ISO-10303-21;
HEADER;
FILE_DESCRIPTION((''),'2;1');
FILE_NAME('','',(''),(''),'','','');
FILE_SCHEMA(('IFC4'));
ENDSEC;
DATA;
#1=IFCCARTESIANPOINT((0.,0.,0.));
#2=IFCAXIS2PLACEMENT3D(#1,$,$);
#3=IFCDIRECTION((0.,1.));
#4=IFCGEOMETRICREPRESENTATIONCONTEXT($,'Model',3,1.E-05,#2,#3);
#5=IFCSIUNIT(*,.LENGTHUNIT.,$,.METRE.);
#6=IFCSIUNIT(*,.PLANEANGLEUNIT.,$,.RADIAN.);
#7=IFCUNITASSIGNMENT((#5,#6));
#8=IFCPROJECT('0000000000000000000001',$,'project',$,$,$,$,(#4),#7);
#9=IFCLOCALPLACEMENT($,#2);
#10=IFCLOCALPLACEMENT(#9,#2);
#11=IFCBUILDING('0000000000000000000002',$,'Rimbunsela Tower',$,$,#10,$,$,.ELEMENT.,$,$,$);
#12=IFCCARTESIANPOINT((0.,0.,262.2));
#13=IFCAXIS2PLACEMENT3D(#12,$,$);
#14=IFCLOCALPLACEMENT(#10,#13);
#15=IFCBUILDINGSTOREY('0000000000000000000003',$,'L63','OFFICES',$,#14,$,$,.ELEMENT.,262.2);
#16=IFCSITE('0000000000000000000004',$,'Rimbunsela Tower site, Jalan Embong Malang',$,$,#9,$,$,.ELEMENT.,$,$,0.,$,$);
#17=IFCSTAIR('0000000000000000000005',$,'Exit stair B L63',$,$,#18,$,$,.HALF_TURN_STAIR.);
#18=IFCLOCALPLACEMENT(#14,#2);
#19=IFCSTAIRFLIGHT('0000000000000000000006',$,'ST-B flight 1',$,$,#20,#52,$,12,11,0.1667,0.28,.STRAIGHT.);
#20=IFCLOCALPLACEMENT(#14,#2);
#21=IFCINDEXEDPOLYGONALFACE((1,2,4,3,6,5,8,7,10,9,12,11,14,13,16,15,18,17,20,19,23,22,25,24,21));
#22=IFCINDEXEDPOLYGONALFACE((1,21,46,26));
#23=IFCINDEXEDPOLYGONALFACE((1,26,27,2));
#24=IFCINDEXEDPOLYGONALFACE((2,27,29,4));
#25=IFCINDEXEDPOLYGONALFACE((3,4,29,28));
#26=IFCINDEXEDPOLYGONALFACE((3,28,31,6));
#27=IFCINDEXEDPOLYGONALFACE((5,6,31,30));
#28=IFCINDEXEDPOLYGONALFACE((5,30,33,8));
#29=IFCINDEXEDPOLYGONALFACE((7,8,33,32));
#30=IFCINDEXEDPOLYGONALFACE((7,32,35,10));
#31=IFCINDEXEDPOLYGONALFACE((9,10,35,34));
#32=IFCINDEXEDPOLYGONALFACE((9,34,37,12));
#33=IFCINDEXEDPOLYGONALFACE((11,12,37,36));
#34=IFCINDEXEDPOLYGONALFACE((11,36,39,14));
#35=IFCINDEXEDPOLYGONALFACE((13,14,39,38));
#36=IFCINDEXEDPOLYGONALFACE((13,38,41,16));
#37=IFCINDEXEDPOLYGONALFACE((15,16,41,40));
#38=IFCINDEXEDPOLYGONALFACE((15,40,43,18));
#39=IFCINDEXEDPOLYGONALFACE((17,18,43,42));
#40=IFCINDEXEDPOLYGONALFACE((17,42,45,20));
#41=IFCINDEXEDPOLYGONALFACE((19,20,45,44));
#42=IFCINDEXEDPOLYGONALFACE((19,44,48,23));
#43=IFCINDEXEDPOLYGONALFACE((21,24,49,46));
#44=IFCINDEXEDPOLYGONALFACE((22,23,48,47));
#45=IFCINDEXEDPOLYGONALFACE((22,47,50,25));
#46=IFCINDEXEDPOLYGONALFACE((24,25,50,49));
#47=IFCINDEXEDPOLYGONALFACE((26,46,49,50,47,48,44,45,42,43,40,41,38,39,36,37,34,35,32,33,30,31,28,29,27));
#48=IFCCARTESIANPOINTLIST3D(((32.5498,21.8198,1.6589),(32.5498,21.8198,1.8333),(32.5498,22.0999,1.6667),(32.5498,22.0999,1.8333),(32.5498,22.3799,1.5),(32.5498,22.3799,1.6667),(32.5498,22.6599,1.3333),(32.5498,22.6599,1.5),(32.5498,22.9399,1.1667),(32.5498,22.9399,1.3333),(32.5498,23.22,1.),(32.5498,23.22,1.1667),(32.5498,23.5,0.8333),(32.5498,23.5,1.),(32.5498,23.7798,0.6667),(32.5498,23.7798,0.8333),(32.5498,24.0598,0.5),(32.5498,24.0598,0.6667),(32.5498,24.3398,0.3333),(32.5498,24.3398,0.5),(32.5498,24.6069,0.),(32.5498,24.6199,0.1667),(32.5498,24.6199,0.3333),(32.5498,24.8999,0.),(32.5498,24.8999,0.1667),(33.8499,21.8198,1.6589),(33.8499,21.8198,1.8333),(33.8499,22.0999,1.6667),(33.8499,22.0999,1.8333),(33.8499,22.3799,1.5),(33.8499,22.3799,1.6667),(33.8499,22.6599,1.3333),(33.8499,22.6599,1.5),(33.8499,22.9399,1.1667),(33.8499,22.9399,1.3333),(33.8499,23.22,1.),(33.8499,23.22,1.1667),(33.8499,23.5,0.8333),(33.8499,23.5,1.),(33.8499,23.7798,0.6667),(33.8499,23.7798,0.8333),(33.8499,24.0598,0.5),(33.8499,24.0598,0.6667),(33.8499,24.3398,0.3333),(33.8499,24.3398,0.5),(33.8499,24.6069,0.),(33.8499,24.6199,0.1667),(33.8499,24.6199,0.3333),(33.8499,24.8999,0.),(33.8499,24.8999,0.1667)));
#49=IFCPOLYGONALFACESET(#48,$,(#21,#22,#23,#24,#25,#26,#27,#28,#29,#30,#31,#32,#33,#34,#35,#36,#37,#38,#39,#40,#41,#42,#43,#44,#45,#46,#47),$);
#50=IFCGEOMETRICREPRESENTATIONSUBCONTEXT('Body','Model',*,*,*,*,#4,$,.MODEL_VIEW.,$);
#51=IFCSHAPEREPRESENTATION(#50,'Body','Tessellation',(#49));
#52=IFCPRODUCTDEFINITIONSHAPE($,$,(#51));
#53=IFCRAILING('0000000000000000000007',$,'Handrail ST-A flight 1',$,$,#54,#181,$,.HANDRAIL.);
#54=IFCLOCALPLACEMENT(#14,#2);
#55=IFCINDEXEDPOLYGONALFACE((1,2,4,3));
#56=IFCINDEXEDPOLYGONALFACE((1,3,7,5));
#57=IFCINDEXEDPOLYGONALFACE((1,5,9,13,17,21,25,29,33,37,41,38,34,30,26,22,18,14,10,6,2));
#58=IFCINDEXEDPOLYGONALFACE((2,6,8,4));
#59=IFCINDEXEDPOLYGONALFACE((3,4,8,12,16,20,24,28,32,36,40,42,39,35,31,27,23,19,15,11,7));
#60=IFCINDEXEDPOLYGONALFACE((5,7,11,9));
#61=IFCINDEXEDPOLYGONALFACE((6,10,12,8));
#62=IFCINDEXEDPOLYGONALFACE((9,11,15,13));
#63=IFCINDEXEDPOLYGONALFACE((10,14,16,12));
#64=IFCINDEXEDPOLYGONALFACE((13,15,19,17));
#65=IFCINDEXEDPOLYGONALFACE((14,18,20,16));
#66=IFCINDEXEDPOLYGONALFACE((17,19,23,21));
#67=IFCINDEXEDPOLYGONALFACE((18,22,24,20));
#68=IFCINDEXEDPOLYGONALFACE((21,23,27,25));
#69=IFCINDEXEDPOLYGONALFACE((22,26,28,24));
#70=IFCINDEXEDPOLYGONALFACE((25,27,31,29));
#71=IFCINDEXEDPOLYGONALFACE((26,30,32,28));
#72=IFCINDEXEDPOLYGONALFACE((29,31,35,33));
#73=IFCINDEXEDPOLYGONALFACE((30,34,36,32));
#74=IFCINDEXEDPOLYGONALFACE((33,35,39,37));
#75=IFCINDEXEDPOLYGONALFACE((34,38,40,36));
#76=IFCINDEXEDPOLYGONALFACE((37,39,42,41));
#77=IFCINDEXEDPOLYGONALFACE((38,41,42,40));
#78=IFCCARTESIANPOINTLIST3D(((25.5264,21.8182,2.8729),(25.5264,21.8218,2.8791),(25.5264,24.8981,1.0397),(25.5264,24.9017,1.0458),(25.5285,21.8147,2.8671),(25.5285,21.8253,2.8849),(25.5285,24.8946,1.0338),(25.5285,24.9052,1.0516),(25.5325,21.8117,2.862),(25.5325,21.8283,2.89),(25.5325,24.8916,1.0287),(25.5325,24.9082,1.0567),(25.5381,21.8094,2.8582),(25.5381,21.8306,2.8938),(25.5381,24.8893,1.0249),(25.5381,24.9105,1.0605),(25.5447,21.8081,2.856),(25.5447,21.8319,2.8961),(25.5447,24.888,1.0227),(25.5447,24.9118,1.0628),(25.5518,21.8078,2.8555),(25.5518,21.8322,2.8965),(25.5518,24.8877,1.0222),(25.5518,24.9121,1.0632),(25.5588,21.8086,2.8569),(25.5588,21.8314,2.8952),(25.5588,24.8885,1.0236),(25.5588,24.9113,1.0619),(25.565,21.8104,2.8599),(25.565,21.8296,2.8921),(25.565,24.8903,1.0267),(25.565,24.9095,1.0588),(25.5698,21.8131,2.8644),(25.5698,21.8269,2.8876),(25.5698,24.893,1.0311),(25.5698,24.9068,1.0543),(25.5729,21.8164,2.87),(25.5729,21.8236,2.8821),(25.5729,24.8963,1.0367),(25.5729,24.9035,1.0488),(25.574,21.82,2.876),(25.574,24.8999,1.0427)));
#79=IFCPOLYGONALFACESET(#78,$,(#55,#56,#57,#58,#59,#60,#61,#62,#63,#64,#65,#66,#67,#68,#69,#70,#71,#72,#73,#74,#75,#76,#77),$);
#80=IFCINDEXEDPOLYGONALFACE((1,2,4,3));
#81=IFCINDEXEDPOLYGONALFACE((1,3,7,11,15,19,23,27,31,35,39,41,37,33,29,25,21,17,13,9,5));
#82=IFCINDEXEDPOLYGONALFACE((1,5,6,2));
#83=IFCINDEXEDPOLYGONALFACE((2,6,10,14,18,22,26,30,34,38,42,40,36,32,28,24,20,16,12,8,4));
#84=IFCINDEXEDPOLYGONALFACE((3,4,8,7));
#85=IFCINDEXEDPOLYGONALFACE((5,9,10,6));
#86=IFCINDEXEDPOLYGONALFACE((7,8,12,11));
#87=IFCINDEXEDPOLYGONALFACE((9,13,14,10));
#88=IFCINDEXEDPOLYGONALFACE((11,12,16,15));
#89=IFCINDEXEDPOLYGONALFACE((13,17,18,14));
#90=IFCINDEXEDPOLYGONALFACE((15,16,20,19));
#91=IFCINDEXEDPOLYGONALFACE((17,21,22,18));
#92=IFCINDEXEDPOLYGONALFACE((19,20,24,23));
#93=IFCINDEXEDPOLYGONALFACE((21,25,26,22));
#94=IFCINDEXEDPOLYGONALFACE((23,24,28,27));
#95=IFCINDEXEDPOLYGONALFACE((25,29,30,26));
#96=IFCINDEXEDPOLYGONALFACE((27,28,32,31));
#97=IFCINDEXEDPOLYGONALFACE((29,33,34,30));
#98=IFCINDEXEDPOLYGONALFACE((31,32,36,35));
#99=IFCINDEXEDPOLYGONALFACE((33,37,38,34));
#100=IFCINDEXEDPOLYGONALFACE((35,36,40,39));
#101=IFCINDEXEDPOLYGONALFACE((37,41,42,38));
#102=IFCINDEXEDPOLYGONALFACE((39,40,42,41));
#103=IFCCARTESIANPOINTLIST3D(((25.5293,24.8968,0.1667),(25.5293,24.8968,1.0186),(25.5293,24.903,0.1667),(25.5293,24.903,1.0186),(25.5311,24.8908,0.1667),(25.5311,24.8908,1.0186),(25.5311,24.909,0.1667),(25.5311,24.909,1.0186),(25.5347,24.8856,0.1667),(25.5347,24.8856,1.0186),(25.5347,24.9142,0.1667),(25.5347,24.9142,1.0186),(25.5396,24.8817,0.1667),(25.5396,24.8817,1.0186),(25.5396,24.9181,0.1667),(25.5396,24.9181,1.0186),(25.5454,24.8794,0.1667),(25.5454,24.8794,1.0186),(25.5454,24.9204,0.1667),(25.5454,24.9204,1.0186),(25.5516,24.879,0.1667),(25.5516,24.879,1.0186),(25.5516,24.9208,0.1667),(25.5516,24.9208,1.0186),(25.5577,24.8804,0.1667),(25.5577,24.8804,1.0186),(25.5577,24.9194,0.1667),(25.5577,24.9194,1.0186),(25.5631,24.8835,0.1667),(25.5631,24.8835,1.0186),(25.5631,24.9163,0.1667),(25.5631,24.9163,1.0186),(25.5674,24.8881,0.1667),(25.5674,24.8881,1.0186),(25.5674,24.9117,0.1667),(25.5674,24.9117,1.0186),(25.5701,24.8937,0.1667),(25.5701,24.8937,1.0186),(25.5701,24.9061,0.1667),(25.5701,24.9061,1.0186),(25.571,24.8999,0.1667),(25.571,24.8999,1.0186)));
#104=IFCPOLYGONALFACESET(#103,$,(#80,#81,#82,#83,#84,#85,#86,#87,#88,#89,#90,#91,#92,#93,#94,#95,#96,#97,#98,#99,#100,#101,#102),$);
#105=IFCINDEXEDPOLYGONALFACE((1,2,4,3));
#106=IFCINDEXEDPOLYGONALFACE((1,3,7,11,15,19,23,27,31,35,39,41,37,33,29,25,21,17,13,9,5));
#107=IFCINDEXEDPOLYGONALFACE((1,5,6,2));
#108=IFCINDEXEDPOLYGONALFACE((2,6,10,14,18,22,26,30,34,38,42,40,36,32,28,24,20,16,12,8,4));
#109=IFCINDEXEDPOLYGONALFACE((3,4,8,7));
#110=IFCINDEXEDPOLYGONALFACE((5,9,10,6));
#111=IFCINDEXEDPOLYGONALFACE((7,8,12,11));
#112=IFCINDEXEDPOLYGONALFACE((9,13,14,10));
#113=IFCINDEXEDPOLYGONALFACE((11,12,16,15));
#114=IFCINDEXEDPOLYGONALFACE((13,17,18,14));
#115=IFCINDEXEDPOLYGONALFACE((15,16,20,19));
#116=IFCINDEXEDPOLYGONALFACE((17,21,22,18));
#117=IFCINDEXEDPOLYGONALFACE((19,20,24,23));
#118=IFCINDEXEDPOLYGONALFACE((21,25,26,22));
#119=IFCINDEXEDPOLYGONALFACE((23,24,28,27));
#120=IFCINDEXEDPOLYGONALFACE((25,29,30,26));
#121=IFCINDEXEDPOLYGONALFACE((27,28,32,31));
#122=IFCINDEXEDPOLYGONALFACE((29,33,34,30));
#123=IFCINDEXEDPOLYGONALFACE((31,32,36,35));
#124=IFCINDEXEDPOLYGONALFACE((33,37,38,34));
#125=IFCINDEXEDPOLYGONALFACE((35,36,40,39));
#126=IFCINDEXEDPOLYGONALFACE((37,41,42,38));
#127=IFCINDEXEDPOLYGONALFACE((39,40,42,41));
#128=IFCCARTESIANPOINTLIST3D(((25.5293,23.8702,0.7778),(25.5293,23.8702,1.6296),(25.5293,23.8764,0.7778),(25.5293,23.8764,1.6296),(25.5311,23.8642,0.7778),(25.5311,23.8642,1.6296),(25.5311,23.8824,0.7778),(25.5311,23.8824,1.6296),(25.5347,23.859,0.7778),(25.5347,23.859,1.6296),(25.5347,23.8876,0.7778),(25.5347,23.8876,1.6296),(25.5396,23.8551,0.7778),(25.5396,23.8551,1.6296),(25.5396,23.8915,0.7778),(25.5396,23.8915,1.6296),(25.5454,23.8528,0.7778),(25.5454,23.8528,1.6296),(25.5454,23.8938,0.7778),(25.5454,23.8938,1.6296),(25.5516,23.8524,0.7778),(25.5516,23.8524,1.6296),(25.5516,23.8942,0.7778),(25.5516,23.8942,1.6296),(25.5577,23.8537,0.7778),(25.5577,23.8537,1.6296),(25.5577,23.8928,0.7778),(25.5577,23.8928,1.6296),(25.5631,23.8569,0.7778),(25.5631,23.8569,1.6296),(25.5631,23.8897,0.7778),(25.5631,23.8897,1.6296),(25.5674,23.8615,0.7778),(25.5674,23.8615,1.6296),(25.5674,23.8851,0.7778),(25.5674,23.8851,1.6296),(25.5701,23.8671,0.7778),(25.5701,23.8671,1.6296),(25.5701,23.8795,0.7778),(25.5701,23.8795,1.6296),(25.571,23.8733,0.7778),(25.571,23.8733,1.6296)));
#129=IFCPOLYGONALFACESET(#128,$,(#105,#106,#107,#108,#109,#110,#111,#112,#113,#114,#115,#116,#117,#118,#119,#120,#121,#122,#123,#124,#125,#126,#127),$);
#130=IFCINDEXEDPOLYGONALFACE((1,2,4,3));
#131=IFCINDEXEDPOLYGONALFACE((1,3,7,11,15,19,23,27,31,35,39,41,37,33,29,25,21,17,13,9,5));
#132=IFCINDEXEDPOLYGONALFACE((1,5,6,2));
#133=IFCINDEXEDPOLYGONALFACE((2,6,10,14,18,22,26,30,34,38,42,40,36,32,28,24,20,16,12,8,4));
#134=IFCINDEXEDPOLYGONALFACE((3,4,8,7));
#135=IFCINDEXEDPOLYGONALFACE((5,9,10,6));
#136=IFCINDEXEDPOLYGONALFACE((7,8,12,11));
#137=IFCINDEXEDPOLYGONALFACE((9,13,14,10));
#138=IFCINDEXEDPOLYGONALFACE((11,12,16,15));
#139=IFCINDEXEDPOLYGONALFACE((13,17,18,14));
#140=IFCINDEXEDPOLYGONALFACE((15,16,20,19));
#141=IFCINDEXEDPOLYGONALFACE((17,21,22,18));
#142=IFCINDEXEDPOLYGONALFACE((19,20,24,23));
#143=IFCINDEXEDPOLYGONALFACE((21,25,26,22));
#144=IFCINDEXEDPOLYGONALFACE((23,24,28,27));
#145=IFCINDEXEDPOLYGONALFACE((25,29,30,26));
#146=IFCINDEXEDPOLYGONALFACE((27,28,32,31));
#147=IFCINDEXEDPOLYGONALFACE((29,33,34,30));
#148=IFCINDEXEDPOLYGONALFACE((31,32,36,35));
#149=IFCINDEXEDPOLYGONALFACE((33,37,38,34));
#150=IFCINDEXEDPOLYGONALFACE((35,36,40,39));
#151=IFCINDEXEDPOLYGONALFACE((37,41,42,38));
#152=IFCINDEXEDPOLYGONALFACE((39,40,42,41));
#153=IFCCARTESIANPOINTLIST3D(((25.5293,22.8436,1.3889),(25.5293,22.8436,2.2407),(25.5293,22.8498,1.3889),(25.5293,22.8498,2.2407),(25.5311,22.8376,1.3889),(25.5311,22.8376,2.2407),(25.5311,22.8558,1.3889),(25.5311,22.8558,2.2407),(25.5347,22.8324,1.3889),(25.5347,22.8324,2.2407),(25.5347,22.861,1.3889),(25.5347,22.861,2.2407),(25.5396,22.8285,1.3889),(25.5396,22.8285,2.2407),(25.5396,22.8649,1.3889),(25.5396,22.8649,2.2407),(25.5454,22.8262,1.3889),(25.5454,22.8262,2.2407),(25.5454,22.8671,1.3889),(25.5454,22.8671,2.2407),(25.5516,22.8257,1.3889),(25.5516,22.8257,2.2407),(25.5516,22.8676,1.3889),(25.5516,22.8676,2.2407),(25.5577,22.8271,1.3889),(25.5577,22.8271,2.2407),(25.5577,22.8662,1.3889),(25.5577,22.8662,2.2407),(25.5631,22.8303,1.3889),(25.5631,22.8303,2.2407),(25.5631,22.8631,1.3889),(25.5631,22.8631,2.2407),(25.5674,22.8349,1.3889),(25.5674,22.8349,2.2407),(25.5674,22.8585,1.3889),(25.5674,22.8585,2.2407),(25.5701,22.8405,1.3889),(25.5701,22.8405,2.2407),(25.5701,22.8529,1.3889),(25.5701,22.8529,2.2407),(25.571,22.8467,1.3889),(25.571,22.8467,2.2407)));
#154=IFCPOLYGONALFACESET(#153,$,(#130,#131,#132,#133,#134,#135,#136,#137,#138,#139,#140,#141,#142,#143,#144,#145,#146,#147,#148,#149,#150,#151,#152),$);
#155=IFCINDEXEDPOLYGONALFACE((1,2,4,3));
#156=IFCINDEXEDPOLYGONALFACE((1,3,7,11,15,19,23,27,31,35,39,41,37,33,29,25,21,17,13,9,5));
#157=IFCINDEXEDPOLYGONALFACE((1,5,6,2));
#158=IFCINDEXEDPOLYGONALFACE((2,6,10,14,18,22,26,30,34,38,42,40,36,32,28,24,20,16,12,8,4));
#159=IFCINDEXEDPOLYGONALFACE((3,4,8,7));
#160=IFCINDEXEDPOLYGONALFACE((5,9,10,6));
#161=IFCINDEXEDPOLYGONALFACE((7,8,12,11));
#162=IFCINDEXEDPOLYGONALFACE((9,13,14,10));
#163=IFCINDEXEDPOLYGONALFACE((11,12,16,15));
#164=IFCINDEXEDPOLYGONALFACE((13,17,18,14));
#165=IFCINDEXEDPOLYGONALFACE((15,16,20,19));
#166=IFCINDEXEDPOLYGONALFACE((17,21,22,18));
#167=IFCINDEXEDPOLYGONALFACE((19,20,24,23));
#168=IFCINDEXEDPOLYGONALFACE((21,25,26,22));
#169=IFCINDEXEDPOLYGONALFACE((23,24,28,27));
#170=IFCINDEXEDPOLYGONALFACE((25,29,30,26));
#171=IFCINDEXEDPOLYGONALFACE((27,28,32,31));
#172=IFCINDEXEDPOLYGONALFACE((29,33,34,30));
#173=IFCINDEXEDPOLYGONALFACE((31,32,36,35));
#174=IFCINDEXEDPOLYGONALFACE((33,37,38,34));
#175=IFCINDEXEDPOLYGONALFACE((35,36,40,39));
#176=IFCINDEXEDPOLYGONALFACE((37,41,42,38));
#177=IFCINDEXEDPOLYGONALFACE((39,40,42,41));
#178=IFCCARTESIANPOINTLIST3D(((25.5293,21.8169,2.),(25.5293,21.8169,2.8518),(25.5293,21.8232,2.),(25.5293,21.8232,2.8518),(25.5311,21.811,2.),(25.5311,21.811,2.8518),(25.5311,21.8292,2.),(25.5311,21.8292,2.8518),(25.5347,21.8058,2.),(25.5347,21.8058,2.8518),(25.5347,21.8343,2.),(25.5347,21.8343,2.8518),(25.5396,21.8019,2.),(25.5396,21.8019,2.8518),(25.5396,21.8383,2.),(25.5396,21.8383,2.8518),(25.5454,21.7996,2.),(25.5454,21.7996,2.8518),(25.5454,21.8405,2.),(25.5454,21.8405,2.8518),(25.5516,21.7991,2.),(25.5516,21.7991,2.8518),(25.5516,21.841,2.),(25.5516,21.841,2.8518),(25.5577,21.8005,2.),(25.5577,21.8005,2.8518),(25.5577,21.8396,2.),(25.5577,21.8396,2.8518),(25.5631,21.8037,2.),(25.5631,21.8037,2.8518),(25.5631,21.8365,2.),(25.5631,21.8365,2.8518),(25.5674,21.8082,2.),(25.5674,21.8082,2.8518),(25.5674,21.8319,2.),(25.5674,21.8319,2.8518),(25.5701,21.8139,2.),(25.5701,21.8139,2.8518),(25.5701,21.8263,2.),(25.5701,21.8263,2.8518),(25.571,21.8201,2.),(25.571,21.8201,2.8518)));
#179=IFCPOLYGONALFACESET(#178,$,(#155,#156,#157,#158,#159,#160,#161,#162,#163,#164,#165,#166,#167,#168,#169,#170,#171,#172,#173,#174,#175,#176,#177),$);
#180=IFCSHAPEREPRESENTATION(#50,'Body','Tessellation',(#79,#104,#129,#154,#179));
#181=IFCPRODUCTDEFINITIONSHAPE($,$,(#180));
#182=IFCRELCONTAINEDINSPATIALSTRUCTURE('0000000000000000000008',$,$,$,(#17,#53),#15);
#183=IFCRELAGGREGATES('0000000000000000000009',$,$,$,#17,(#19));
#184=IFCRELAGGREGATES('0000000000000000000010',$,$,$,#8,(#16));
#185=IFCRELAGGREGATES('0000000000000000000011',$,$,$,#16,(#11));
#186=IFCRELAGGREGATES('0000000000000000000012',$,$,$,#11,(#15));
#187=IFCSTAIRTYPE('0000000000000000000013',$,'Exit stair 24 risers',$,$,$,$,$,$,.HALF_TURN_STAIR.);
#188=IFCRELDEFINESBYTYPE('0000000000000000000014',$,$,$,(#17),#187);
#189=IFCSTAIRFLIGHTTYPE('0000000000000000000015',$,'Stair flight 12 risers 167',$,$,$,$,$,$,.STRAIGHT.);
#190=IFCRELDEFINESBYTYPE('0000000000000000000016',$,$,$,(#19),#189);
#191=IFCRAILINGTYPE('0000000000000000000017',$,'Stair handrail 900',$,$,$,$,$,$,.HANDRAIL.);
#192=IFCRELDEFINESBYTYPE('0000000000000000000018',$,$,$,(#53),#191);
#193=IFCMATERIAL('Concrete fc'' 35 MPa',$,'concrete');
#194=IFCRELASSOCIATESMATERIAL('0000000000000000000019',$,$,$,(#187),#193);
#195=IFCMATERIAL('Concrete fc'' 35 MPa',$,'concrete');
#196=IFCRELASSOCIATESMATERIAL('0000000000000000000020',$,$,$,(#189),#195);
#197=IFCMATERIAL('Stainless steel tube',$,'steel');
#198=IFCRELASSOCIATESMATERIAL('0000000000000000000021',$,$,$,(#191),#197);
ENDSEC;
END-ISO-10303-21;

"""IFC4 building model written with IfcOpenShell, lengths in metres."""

from ifc_helpers import new_model, si_unit, direction, frame, origin, origin_2d, place, context, subcontext, project, spatial, polyline, circle, outline, extrude, material, type_object, element, aggregate, save


model = new_model("IFC4")

# Units and contexts
model_context = context("Model", 3, precision=1e-05, world=origin(), true_north=direction((0.0, 1.0)))
body_context = subcontext(model_context, "Body", "Model", "MODEL_VIEW")
ifc_project = project(units=[si_unit("LENGTHUNIT", "METRE"), si_unit("PLANEANGLEUNIT", "RADIAN")], contexts=[model_context])

# Site, building, storey
site_placement = place(None, origin())
site = spatial("IfcSite", under=ifc_project, at=site_placement, Name="Rimbunsela Tower site, Jalan Embong Malang", CompositionType="ELEMENT", RefElevation=0.0)
building_placement = place(site_placement, origin())
building = spatial("IfcBuilding", under=site, at=building_placement, Name="Rimbunsela Tower", CompositionType="ELEMENT")
storey_placement = place(building_placement, frame((0.0, 0.0, 262.2)))
storey = spatial("IfcBuildingStorey", under=building, at=storey_placement, Name="L63", Description="OFFICES", CompositionType="ELEMENT", Elevation=262.2)

# Stair, stair flight
ifc_material_1 = material(Name="Concrete fc' 35 MPa", Category="concrete")
stair_type = type_object("IfcStairType", Name="Exit stair 24 risers", PredefinedType="HALF_TURN_STAIR", material=ifc_material_1)
stair_placement = place(storey_placement, origin())
stair = element("IfcStair", 1, at=stair_placement, inside=storey, type_object=stair_type, Name="Exit stair B L63", PredefinedType="HALF_TURN_STAIR")
ifc_material_2 = material(Name="Concrete fc' 35 MPa", Category="concrete")
stair_flight_type = type_object("IfcStairFlightType", Name="Stair flight 12 risers 167", PredefinedType="STRAIGHT", material=ifc_material_2)
stair_flight_placement = place(storey_placement, frame((33.2, 24.8999, 0.0), z_axis=(0.0, 0.0, 1.0), x_axis=(0.0, -1.0, 0.0)))
stair_flight = element("IfcStairFlight", 2, at=stair_flight_placement, type_object=stair_flight_type, Name="ST-B flight 1", NumberOfRisers=12, NumberOfTreads=11, PredefinedType="STRAIGHT", RiserHeight=0.1667, TreadLength=0.28, context=body_context, shape_type="SweptSolid", body=[
    extrude(outline(polyline([(0.0, 0.0), (0.0, 0.1667), (0.28, 0.1667), (0.28, 0.3333), (0.5601, 0.3333), (0.5601, 0.5), (0.8401, 0.5), (0.8401, 0.6667), (1.1201, 0.6667), (1.1201, 0.8333), (1.3999, 0.8333), (1.3999, 1.0), (1.6799, 1.0), (1.6799, 1.1667), (1.96, 1.1667), (1.96, 1.3333), (2.24, 1.3333), (2.24, 1.5), (2.52, 1.5), (2.52, 1.6667), (2.8, 1.6667), (2.8, 1.8333), (3.0801, 1.8333), (3.0801, 2.0), (3.0801, 1.6589), (0.293, 0.0), (0.0, 0.0)])), frame((0.0, 0.6499, 0.0), z_axis=(0.0, -1.0, 0.0), x_axis=(1.0, 0.0, 0.0)), (0.0, 0.0, 1.0), 1.3),
])
aggregate(stair, [stair_flight])

# Railing
ifc_material_3 = material(Name="Stainless steel tube", Category="steel")
railing_type = type_object("IfcRailingType", Name="Stair handrail 900", PredefinedType="HANDRAIL", material=ifc_material_3)
for number, where, name in (
    (3, (25.55, 24.8999, 0.1667), "Handrail ST-A flight 1"),
):
    element("IfcRailing", number, at=place(storey_placement, frame(where)), inside=storey, type_object=railing_type, Name=name, PredefinedType="HANDRAIL", context=body_context, shape_type="SweptSolid", body=[
        extrude(circle(Radius=0.0239, at=origin_2d()), frame((0.0, 0.0, 0.876), z_axis=(0.0, -0.859291, 0.511487), x_axis=(1.0, 0.0, 0.0)), (0.0, 0.0, 1.0), 3.5842),
        extrude(circle(Radius=0.021, at=origin_2d()), origin(), (0.0, 0.0, 1.0), 0.8518),
        extrude(circle(Radius=0.021, at=origin_2d()), frame((0.0, -1.0266, 0.6111)), (0.0, 0.0, 1.0), 0.8518),
        extrude(circle(Radius=0.021, at=origin_2d()), frame((0.0, -2.0532, 1.2222)), (0.0, 0.0, 1.0), 0.8518),
        extrude(circle(Radius=0.021, at=origin_2d()), frame((0.0, -3.0798, 1.8333)), (0.0, 0.0, 1.0), 0.8518),
    ])

save(model, "model.ifc")
